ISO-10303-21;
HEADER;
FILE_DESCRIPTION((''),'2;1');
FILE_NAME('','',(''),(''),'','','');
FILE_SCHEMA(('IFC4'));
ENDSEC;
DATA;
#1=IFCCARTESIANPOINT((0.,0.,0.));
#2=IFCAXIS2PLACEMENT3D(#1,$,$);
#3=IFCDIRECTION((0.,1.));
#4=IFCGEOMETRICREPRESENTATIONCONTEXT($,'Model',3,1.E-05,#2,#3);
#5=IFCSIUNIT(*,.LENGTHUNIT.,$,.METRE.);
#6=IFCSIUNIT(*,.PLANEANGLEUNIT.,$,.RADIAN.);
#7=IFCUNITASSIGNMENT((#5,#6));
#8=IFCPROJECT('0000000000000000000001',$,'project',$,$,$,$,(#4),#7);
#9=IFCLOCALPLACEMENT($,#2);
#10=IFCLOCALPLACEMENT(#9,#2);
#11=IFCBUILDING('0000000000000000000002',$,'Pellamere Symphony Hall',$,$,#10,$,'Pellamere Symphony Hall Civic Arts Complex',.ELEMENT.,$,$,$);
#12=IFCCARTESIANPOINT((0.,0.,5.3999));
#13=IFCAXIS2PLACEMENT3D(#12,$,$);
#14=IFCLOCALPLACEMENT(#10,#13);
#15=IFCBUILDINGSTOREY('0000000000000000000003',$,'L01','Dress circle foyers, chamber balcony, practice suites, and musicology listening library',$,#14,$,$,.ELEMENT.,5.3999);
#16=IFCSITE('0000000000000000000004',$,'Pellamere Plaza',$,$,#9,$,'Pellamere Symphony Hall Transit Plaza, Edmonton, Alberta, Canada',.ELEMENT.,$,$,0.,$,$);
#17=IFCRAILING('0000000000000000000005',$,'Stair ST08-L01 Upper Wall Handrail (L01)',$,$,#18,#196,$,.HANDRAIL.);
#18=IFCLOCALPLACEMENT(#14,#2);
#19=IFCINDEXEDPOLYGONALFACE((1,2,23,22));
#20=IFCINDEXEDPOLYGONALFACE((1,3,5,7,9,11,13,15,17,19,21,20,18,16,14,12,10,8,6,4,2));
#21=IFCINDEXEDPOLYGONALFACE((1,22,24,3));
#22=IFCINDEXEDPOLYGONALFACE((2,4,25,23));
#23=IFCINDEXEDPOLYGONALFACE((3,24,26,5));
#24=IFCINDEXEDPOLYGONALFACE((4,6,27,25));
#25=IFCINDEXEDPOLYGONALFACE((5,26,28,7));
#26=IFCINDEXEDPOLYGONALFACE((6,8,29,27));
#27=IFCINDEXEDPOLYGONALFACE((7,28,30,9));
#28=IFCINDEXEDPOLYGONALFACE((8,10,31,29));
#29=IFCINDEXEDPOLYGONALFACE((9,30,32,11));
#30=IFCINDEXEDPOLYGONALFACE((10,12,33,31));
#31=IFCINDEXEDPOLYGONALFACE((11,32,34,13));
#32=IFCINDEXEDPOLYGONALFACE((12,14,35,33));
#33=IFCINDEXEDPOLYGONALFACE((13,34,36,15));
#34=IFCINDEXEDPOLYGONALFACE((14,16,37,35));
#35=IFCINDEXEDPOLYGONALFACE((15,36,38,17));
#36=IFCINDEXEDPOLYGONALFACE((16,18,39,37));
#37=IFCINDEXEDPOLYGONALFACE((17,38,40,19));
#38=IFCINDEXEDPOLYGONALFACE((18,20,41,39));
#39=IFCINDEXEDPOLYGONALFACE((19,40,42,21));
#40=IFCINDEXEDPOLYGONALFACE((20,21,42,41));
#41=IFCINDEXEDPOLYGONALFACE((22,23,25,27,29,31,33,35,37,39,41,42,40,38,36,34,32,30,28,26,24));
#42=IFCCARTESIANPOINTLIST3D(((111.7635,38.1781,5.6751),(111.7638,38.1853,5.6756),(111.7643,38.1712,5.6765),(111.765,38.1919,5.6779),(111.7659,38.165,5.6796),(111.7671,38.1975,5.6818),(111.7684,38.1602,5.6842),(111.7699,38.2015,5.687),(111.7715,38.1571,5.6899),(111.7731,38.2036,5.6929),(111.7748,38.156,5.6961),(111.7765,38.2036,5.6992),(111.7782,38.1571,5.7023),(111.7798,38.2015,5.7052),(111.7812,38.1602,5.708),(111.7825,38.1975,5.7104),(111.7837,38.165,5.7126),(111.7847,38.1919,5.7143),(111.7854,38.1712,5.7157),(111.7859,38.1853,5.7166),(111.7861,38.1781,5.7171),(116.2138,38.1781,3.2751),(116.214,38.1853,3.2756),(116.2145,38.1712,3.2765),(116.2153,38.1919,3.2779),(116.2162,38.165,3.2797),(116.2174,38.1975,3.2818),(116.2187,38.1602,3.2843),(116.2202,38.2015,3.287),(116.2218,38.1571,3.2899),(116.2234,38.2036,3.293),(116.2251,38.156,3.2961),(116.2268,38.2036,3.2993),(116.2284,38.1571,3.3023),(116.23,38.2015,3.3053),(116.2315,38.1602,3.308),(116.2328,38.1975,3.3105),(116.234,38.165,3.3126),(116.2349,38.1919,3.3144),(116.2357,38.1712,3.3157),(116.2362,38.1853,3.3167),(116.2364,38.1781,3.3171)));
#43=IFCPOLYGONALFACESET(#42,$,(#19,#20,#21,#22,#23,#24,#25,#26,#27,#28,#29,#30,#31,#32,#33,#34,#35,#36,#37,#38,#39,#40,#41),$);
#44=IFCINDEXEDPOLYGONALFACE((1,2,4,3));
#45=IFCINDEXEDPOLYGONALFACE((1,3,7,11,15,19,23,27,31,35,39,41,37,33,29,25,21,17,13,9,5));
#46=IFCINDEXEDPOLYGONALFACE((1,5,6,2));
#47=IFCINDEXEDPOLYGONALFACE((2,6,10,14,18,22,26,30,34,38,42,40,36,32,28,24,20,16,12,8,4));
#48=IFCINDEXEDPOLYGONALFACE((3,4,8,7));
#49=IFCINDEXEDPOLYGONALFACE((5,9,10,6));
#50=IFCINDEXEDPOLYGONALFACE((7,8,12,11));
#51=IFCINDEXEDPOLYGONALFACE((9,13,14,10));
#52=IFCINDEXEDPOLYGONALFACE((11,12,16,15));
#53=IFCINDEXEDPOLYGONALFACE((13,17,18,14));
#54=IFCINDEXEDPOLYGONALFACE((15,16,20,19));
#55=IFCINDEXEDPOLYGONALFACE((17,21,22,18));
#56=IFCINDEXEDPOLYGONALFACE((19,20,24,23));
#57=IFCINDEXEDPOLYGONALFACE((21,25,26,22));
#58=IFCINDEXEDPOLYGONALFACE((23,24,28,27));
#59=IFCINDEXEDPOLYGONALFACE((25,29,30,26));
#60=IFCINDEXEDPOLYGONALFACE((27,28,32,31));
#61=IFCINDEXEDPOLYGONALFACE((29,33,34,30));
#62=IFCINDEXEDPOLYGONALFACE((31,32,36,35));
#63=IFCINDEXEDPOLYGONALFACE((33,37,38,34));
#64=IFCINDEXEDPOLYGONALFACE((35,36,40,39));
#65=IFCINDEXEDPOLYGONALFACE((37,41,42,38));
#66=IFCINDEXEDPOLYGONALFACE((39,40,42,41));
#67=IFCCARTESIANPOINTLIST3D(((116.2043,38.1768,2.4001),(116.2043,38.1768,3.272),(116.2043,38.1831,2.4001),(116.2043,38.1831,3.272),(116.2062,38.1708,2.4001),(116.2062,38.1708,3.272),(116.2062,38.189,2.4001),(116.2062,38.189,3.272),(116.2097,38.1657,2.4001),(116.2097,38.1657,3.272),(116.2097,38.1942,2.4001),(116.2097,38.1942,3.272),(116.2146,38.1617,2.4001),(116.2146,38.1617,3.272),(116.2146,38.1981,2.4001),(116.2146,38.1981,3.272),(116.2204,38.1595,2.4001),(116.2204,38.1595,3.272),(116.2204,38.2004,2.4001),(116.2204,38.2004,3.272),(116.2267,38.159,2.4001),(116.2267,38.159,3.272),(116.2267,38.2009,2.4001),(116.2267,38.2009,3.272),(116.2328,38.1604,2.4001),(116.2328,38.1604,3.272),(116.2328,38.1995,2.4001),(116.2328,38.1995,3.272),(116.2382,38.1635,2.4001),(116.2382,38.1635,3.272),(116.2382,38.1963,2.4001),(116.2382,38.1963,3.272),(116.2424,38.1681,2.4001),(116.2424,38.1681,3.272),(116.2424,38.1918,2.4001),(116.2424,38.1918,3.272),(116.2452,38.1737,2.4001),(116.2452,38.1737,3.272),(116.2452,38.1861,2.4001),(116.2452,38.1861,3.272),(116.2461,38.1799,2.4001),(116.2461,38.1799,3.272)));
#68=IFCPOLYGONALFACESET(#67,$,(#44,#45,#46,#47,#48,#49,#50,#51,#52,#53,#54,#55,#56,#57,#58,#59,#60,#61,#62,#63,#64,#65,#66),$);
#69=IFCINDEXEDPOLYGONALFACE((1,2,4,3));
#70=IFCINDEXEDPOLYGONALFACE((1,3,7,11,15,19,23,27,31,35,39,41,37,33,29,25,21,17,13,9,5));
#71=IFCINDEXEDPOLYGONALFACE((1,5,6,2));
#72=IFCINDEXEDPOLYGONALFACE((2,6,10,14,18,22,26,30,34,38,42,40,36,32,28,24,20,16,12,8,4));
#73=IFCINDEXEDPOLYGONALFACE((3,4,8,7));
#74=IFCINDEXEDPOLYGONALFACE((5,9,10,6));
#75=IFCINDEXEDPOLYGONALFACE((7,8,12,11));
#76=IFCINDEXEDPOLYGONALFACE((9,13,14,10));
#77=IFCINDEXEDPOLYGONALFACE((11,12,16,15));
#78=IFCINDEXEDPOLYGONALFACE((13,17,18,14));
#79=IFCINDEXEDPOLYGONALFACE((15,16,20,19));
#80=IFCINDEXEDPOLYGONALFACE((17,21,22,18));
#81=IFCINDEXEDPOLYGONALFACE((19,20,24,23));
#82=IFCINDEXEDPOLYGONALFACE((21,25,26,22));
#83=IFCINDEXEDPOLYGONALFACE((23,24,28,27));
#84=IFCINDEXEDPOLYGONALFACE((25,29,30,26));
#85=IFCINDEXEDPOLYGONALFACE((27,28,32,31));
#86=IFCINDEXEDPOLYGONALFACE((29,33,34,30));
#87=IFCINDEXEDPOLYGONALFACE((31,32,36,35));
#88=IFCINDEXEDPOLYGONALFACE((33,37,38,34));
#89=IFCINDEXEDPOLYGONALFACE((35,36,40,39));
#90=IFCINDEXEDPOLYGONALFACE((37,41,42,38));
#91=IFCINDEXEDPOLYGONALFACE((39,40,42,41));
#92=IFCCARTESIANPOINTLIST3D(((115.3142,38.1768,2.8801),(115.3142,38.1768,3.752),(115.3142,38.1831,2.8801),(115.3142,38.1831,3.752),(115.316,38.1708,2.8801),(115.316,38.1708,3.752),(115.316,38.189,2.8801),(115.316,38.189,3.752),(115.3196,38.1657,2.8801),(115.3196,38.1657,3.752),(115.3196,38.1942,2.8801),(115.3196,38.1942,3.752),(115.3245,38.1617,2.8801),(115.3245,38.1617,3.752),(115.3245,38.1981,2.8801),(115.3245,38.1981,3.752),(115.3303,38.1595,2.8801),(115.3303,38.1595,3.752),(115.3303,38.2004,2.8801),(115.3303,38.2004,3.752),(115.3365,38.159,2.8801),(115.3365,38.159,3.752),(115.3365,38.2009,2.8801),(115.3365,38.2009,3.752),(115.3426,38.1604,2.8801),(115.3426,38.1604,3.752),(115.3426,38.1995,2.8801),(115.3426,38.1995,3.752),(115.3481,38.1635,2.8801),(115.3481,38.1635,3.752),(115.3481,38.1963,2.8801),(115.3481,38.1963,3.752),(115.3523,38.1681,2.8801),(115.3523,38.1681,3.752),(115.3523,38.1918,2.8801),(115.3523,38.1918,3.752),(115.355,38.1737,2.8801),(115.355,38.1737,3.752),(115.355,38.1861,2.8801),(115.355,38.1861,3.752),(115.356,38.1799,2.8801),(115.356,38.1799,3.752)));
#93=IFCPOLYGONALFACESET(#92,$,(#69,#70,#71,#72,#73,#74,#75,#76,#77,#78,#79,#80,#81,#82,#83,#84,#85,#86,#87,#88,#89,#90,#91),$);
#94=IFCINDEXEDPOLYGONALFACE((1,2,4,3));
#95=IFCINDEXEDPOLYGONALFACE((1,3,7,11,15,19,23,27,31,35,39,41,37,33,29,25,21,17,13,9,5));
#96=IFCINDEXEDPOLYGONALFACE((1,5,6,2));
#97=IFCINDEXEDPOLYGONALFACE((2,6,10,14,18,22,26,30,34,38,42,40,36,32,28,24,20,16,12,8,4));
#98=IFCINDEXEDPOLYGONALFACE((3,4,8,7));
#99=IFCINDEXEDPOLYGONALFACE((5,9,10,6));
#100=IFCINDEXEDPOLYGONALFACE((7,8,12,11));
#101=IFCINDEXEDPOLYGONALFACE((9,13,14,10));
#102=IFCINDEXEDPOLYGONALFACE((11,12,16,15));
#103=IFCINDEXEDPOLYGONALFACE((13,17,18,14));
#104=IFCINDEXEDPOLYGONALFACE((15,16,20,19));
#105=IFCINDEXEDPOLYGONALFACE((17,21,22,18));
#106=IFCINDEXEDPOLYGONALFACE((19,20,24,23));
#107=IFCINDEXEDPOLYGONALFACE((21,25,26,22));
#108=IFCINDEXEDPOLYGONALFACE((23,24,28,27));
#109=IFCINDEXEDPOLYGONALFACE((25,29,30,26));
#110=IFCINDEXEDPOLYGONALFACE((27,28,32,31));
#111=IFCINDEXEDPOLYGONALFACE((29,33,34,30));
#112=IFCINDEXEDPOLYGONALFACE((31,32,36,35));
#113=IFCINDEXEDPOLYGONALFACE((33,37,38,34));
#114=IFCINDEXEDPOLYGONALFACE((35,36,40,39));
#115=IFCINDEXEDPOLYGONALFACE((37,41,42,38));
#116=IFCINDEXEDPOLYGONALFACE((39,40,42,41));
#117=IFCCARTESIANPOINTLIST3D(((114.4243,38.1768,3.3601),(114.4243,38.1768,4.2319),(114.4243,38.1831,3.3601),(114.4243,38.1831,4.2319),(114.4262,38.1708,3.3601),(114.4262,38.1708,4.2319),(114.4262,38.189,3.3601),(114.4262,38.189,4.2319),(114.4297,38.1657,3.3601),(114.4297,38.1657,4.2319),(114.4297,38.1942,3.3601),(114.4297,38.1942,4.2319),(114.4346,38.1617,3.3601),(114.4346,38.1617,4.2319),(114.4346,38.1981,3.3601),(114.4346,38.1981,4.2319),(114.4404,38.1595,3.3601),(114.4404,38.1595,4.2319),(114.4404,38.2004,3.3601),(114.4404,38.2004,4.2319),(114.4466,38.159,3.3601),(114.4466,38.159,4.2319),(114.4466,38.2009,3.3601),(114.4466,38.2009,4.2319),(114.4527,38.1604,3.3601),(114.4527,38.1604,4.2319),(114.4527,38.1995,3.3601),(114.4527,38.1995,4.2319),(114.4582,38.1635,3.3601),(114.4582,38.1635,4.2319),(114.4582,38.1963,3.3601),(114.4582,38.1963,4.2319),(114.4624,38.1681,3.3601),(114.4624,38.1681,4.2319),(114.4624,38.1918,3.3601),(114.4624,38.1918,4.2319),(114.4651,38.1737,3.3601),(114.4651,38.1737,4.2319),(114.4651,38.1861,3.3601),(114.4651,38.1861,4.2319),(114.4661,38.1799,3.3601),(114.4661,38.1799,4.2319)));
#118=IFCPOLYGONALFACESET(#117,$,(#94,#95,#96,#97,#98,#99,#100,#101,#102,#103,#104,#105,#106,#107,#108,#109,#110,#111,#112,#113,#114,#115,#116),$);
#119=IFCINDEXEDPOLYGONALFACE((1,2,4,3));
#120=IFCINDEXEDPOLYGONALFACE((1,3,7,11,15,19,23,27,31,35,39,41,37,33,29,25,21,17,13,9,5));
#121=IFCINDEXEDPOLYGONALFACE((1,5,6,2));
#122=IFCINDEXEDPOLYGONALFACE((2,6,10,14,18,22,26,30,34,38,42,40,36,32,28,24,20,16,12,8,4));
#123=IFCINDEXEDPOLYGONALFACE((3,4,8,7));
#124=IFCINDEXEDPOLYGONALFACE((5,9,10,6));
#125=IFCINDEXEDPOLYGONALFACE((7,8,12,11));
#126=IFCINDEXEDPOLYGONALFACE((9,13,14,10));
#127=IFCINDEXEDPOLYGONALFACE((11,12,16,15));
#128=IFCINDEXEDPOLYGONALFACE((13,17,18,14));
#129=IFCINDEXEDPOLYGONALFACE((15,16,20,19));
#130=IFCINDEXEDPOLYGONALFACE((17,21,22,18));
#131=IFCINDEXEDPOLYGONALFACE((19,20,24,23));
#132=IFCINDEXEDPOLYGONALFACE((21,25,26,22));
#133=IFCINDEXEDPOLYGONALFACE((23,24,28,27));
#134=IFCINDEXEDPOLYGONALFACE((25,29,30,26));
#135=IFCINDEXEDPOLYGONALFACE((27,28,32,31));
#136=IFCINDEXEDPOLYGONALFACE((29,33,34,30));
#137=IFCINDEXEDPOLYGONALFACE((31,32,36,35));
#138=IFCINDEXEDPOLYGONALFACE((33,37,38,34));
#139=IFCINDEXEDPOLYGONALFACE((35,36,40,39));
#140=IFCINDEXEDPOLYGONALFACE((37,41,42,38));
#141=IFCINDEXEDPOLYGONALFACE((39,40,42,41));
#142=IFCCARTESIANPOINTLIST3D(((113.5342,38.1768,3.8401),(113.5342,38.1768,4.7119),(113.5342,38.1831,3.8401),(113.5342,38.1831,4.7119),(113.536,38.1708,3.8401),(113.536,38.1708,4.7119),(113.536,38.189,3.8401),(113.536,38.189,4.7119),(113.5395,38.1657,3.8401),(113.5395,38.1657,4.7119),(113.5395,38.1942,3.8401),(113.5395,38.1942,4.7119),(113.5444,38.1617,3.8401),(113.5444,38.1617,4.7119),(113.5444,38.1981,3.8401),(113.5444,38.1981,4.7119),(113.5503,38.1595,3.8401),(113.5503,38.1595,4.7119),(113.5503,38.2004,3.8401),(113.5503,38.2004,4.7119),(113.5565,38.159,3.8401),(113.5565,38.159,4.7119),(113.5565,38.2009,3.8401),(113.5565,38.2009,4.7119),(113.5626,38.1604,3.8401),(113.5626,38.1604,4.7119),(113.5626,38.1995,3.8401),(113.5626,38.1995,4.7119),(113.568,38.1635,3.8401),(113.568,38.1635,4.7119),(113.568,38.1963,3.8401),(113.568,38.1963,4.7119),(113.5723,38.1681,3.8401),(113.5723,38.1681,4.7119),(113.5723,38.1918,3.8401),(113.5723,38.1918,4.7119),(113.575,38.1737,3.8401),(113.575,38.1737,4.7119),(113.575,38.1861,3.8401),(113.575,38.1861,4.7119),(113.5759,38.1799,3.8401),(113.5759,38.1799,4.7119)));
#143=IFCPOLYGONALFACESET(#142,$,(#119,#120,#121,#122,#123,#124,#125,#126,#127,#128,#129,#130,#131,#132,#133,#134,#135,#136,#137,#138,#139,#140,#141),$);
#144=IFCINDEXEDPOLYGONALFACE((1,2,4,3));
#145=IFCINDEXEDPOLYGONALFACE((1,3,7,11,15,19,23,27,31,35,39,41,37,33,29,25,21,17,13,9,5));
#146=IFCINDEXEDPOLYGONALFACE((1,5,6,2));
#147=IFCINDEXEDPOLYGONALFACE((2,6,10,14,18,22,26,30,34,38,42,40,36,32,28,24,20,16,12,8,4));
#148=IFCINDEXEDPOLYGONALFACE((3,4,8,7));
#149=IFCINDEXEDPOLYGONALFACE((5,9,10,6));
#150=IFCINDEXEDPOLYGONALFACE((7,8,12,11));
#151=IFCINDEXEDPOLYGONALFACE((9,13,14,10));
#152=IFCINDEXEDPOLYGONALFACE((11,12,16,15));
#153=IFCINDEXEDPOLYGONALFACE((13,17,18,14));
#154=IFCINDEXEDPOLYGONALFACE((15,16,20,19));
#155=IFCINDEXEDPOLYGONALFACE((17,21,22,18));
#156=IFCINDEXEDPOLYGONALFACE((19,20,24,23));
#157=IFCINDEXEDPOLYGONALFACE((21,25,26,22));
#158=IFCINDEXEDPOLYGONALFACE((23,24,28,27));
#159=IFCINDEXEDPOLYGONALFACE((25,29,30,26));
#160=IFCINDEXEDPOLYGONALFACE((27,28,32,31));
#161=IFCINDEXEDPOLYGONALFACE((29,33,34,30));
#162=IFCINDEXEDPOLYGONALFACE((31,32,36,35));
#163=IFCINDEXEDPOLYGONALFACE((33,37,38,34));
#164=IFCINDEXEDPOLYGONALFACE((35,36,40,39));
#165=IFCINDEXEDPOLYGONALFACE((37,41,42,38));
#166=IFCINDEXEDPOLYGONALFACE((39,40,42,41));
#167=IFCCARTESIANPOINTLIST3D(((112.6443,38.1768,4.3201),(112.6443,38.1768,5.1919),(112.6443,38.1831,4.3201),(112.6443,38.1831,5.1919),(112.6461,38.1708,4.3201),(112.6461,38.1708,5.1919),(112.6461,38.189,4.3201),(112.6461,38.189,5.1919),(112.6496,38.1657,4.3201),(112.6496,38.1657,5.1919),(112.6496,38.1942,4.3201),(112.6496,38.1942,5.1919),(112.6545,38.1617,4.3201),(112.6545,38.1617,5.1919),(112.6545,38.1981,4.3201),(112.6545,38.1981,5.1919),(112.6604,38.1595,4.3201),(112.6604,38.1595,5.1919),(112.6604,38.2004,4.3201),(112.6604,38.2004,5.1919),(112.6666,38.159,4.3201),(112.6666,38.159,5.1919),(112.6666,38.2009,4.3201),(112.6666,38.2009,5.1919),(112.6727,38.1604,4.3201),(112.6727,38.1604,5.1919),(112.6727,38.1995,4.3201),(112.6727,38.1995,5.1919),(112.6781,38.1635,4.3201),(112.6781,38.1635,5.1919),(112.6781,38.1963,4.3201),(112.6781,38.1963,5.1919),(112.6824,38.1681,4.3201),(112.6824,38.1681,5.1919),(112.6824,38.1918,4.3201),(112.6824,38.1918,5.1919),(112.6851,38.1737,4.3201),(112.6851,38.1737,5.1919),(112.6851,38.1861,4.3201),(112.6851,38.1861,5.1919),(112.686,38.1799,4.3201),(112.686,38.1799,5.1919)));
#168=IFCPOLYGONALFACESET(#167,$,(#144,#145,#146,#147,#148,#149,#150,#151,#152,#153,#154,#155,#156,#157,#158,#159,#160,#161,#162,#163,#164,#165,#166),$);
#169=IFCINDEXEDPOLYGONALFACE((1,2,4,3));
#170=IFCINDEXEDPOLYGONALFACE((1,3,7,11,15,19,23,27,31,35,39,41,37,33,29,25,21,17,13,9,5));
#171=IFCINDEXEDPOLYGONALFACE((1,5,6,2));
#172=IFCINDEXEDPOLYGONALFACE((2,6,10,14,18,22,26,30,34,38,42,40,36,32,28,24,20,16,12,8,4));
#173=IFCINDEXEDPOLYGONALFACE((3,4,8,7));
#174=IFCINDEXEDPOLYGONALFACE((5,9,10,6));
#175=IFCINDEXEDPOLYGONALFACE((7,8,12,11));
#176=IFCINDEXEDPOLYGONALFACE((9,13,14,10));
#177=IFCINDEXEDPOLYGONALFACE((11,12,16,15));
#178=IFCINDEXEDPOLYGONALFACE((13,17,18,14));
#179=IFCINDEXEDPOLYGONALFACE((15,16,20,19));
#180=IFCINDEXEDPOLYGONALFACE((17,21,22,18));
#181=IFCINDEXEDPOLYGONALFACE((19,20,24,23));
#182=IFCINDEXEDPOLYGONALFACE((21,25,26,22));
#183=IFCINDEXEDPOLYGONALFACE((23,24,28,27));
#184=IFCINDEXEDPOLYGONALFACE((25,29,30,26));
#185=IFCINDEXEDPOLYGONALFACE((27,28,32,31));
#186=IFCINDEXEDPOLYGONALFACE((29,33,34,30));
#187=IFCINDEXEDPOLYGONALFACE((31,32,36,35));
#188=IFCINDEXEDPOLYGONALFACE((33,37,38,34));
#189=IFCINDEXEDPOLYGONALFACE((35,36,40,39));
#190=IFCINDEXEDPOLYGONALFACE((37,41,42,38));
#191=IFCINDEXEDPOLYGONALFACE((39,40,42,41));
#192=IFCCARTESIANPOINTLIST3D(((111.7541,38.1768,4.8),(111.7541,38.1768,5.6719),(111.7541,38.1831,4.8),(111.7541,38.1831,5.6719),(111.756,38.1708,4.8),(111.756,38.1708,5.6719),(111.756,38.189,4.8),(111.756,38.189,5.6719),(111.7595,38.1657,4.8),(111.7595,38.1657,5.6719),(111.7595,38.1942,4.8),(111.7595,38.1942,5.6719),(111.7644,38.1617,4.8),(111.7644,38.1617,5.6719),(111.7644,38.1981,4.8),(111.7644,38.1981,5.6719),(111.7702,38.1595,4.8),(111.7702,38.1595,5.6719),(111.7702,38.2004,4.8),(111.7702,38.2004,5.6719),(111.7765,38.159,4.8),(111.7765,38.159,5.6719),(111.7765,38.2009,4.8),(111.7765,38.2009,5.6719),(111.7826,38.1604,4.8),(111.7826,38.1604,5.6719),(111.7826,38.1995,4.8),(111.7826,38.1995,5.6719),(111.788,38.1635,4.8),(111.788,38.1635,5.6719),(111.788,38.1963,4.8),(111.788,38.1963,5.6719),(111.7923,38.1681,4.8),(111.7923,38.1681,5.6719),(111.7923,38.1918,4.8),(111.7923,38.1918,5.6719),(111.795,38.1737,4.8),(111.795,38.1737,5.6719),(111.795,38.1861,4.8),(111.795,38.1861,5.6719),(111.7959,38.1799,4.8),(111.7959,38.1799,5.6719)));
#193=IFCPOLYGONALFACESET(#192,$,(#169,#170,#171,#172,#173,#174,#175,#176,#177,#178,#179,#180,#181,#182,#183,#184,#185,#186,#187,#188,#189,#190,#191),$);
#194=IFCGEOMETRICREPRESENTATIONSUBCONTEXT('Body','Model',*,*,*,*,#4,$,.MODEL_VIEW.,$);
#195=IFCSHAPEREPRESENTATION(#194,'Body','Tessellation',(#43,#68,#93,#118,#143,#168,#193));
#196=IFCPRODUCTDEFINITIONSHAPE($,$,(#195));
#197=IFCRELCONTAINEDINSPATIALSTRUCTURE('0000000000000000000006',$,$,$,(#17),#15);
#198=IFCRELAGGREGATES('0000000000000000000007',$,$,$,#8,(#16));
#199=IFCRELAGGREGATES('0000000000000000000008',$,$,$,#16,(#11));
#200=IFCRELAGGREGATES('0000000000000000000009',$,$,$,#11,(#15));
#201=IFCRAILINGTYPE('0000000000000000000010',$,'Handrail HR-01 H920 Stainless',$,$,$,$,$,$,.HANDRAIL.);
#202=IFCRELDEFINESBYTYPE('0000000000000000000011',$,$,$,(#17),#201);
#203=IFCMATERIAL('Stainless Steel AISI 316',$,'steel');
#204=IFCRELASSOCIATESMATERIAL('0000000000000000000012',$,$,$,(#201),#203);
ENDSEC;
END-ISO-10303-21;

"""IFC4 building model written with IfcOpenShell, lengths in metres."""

from ifc_helpers import new_model, si_unit, direction, frame, origin, origin_2d, place, context, subcontext, project, spatial, circle, extrude, material, type_object, element, save


model = new_model("IFC4")

# Units and contexts
model_context = context("Model", 3, precision=1e-05, world=origin(), true_north=direction((0.0, 1.0)))
body_context = subcontext(model_context, "Body", "Model", "MODEL_VIEW")
ifc_project = project(units=[si_unit("LENGTHUNIT", "METRE"), si_unit("PLANEANGLEUNIT", "RADIAN")], contexts=[model_context])

# Site, building, storey
site_placement = place(None, origin())
site = spatial("IfcSite", under=ifc_project, at=site_placement, Name="Pellamere Plaza", LongName="Pellamere Symphony Hall Transit Plaza, Edmonton, Alberta, Canada", CompositionType="ELEMENT", RefElevation=0.0)
building_placement = place(site_placement, origin())
building = spatial("IfcBuilding", under=site, at=building_placement, Name="Pellamere Symphony Hall", LongName="Pellamere Symphony Hall Civic Arts Complex", CompositionType="ELEMENT")
storey_placement = place(building_placement, frame((0.0, 0.0, 5.3999)))
storey = spatial("IfcBuildingStorey", under=building, at=storey_placement, Name="L01", Description="Dress circle foyers, chamber balcony, practice suites, and musicology listening library", CompositionType="ELEMENT", Elevation=5.3999)

# Railing
ifc_material_1 = material(Name="Stainless Steel AISI 316", Category="steel")
railing_type_1 = type_object("IfcRailingType", Name="Handrail HR-01 H920 Stainless", PredefinedType="HANDRAIL", material=ifc_material_1)
railing_1_placement = place(storey_placement, frame((116.2251, 38.1799, 2.4001)))
element("IfcRailing", 1, at=railing_1_placement, inside=storey, type_object=railing_type_1, Name="Stair ST08-L01 Upper Wall Handrail (L01)", PredefinedType="HANDRAIL", context=body_context, shape_type="SweptSolid", body=[
    extrude(circle(Radius=0.0239, at=origin_2d()), frame((0.0, 0.0, 0.896), z_axis=(-0.88017, 0.0, 0.474658), x_axis=(0.0, -1.0, 0.0)), (0.0, 0.0, 1.0), 5.0562),
    extrude(circle(Radius=0.021, at=origin_2d()), origin(), (0.0, 0.0, 1.0), 0.8718),
    extrude(circle(Radius=0.021, at=origin_2d()), frame((-0.8901, 0.0, 0.48)), (0.0, 0.0, 1.0), 0.8718),
    extrude(circle(Radius=0.021, at=origin_2d()), frame((-1.78, 0.0, 0.96)), (0.0, 0.0, 1.0), 0.8718),
    extrude(circle(Radius=0.021, at=origin_2d()), frame((-2.6702, 0.0, 1.4399)), (0.0, 0.0, 1.0), 0.8718),
    extrude(circle(Radius=0.021, at=origin_2d()), frame((-3.5601, 0.0, 1.9199)), (0.0, 0.0, 1.0), 0.8718),
    extrude(circle(Radius=0.021, at=origin_2d()), frame((-4.4502, 0.0, 2.3999)), (0.0, 0.0, 1.0), 0.8718),
])

save(model, "model.ifc")
